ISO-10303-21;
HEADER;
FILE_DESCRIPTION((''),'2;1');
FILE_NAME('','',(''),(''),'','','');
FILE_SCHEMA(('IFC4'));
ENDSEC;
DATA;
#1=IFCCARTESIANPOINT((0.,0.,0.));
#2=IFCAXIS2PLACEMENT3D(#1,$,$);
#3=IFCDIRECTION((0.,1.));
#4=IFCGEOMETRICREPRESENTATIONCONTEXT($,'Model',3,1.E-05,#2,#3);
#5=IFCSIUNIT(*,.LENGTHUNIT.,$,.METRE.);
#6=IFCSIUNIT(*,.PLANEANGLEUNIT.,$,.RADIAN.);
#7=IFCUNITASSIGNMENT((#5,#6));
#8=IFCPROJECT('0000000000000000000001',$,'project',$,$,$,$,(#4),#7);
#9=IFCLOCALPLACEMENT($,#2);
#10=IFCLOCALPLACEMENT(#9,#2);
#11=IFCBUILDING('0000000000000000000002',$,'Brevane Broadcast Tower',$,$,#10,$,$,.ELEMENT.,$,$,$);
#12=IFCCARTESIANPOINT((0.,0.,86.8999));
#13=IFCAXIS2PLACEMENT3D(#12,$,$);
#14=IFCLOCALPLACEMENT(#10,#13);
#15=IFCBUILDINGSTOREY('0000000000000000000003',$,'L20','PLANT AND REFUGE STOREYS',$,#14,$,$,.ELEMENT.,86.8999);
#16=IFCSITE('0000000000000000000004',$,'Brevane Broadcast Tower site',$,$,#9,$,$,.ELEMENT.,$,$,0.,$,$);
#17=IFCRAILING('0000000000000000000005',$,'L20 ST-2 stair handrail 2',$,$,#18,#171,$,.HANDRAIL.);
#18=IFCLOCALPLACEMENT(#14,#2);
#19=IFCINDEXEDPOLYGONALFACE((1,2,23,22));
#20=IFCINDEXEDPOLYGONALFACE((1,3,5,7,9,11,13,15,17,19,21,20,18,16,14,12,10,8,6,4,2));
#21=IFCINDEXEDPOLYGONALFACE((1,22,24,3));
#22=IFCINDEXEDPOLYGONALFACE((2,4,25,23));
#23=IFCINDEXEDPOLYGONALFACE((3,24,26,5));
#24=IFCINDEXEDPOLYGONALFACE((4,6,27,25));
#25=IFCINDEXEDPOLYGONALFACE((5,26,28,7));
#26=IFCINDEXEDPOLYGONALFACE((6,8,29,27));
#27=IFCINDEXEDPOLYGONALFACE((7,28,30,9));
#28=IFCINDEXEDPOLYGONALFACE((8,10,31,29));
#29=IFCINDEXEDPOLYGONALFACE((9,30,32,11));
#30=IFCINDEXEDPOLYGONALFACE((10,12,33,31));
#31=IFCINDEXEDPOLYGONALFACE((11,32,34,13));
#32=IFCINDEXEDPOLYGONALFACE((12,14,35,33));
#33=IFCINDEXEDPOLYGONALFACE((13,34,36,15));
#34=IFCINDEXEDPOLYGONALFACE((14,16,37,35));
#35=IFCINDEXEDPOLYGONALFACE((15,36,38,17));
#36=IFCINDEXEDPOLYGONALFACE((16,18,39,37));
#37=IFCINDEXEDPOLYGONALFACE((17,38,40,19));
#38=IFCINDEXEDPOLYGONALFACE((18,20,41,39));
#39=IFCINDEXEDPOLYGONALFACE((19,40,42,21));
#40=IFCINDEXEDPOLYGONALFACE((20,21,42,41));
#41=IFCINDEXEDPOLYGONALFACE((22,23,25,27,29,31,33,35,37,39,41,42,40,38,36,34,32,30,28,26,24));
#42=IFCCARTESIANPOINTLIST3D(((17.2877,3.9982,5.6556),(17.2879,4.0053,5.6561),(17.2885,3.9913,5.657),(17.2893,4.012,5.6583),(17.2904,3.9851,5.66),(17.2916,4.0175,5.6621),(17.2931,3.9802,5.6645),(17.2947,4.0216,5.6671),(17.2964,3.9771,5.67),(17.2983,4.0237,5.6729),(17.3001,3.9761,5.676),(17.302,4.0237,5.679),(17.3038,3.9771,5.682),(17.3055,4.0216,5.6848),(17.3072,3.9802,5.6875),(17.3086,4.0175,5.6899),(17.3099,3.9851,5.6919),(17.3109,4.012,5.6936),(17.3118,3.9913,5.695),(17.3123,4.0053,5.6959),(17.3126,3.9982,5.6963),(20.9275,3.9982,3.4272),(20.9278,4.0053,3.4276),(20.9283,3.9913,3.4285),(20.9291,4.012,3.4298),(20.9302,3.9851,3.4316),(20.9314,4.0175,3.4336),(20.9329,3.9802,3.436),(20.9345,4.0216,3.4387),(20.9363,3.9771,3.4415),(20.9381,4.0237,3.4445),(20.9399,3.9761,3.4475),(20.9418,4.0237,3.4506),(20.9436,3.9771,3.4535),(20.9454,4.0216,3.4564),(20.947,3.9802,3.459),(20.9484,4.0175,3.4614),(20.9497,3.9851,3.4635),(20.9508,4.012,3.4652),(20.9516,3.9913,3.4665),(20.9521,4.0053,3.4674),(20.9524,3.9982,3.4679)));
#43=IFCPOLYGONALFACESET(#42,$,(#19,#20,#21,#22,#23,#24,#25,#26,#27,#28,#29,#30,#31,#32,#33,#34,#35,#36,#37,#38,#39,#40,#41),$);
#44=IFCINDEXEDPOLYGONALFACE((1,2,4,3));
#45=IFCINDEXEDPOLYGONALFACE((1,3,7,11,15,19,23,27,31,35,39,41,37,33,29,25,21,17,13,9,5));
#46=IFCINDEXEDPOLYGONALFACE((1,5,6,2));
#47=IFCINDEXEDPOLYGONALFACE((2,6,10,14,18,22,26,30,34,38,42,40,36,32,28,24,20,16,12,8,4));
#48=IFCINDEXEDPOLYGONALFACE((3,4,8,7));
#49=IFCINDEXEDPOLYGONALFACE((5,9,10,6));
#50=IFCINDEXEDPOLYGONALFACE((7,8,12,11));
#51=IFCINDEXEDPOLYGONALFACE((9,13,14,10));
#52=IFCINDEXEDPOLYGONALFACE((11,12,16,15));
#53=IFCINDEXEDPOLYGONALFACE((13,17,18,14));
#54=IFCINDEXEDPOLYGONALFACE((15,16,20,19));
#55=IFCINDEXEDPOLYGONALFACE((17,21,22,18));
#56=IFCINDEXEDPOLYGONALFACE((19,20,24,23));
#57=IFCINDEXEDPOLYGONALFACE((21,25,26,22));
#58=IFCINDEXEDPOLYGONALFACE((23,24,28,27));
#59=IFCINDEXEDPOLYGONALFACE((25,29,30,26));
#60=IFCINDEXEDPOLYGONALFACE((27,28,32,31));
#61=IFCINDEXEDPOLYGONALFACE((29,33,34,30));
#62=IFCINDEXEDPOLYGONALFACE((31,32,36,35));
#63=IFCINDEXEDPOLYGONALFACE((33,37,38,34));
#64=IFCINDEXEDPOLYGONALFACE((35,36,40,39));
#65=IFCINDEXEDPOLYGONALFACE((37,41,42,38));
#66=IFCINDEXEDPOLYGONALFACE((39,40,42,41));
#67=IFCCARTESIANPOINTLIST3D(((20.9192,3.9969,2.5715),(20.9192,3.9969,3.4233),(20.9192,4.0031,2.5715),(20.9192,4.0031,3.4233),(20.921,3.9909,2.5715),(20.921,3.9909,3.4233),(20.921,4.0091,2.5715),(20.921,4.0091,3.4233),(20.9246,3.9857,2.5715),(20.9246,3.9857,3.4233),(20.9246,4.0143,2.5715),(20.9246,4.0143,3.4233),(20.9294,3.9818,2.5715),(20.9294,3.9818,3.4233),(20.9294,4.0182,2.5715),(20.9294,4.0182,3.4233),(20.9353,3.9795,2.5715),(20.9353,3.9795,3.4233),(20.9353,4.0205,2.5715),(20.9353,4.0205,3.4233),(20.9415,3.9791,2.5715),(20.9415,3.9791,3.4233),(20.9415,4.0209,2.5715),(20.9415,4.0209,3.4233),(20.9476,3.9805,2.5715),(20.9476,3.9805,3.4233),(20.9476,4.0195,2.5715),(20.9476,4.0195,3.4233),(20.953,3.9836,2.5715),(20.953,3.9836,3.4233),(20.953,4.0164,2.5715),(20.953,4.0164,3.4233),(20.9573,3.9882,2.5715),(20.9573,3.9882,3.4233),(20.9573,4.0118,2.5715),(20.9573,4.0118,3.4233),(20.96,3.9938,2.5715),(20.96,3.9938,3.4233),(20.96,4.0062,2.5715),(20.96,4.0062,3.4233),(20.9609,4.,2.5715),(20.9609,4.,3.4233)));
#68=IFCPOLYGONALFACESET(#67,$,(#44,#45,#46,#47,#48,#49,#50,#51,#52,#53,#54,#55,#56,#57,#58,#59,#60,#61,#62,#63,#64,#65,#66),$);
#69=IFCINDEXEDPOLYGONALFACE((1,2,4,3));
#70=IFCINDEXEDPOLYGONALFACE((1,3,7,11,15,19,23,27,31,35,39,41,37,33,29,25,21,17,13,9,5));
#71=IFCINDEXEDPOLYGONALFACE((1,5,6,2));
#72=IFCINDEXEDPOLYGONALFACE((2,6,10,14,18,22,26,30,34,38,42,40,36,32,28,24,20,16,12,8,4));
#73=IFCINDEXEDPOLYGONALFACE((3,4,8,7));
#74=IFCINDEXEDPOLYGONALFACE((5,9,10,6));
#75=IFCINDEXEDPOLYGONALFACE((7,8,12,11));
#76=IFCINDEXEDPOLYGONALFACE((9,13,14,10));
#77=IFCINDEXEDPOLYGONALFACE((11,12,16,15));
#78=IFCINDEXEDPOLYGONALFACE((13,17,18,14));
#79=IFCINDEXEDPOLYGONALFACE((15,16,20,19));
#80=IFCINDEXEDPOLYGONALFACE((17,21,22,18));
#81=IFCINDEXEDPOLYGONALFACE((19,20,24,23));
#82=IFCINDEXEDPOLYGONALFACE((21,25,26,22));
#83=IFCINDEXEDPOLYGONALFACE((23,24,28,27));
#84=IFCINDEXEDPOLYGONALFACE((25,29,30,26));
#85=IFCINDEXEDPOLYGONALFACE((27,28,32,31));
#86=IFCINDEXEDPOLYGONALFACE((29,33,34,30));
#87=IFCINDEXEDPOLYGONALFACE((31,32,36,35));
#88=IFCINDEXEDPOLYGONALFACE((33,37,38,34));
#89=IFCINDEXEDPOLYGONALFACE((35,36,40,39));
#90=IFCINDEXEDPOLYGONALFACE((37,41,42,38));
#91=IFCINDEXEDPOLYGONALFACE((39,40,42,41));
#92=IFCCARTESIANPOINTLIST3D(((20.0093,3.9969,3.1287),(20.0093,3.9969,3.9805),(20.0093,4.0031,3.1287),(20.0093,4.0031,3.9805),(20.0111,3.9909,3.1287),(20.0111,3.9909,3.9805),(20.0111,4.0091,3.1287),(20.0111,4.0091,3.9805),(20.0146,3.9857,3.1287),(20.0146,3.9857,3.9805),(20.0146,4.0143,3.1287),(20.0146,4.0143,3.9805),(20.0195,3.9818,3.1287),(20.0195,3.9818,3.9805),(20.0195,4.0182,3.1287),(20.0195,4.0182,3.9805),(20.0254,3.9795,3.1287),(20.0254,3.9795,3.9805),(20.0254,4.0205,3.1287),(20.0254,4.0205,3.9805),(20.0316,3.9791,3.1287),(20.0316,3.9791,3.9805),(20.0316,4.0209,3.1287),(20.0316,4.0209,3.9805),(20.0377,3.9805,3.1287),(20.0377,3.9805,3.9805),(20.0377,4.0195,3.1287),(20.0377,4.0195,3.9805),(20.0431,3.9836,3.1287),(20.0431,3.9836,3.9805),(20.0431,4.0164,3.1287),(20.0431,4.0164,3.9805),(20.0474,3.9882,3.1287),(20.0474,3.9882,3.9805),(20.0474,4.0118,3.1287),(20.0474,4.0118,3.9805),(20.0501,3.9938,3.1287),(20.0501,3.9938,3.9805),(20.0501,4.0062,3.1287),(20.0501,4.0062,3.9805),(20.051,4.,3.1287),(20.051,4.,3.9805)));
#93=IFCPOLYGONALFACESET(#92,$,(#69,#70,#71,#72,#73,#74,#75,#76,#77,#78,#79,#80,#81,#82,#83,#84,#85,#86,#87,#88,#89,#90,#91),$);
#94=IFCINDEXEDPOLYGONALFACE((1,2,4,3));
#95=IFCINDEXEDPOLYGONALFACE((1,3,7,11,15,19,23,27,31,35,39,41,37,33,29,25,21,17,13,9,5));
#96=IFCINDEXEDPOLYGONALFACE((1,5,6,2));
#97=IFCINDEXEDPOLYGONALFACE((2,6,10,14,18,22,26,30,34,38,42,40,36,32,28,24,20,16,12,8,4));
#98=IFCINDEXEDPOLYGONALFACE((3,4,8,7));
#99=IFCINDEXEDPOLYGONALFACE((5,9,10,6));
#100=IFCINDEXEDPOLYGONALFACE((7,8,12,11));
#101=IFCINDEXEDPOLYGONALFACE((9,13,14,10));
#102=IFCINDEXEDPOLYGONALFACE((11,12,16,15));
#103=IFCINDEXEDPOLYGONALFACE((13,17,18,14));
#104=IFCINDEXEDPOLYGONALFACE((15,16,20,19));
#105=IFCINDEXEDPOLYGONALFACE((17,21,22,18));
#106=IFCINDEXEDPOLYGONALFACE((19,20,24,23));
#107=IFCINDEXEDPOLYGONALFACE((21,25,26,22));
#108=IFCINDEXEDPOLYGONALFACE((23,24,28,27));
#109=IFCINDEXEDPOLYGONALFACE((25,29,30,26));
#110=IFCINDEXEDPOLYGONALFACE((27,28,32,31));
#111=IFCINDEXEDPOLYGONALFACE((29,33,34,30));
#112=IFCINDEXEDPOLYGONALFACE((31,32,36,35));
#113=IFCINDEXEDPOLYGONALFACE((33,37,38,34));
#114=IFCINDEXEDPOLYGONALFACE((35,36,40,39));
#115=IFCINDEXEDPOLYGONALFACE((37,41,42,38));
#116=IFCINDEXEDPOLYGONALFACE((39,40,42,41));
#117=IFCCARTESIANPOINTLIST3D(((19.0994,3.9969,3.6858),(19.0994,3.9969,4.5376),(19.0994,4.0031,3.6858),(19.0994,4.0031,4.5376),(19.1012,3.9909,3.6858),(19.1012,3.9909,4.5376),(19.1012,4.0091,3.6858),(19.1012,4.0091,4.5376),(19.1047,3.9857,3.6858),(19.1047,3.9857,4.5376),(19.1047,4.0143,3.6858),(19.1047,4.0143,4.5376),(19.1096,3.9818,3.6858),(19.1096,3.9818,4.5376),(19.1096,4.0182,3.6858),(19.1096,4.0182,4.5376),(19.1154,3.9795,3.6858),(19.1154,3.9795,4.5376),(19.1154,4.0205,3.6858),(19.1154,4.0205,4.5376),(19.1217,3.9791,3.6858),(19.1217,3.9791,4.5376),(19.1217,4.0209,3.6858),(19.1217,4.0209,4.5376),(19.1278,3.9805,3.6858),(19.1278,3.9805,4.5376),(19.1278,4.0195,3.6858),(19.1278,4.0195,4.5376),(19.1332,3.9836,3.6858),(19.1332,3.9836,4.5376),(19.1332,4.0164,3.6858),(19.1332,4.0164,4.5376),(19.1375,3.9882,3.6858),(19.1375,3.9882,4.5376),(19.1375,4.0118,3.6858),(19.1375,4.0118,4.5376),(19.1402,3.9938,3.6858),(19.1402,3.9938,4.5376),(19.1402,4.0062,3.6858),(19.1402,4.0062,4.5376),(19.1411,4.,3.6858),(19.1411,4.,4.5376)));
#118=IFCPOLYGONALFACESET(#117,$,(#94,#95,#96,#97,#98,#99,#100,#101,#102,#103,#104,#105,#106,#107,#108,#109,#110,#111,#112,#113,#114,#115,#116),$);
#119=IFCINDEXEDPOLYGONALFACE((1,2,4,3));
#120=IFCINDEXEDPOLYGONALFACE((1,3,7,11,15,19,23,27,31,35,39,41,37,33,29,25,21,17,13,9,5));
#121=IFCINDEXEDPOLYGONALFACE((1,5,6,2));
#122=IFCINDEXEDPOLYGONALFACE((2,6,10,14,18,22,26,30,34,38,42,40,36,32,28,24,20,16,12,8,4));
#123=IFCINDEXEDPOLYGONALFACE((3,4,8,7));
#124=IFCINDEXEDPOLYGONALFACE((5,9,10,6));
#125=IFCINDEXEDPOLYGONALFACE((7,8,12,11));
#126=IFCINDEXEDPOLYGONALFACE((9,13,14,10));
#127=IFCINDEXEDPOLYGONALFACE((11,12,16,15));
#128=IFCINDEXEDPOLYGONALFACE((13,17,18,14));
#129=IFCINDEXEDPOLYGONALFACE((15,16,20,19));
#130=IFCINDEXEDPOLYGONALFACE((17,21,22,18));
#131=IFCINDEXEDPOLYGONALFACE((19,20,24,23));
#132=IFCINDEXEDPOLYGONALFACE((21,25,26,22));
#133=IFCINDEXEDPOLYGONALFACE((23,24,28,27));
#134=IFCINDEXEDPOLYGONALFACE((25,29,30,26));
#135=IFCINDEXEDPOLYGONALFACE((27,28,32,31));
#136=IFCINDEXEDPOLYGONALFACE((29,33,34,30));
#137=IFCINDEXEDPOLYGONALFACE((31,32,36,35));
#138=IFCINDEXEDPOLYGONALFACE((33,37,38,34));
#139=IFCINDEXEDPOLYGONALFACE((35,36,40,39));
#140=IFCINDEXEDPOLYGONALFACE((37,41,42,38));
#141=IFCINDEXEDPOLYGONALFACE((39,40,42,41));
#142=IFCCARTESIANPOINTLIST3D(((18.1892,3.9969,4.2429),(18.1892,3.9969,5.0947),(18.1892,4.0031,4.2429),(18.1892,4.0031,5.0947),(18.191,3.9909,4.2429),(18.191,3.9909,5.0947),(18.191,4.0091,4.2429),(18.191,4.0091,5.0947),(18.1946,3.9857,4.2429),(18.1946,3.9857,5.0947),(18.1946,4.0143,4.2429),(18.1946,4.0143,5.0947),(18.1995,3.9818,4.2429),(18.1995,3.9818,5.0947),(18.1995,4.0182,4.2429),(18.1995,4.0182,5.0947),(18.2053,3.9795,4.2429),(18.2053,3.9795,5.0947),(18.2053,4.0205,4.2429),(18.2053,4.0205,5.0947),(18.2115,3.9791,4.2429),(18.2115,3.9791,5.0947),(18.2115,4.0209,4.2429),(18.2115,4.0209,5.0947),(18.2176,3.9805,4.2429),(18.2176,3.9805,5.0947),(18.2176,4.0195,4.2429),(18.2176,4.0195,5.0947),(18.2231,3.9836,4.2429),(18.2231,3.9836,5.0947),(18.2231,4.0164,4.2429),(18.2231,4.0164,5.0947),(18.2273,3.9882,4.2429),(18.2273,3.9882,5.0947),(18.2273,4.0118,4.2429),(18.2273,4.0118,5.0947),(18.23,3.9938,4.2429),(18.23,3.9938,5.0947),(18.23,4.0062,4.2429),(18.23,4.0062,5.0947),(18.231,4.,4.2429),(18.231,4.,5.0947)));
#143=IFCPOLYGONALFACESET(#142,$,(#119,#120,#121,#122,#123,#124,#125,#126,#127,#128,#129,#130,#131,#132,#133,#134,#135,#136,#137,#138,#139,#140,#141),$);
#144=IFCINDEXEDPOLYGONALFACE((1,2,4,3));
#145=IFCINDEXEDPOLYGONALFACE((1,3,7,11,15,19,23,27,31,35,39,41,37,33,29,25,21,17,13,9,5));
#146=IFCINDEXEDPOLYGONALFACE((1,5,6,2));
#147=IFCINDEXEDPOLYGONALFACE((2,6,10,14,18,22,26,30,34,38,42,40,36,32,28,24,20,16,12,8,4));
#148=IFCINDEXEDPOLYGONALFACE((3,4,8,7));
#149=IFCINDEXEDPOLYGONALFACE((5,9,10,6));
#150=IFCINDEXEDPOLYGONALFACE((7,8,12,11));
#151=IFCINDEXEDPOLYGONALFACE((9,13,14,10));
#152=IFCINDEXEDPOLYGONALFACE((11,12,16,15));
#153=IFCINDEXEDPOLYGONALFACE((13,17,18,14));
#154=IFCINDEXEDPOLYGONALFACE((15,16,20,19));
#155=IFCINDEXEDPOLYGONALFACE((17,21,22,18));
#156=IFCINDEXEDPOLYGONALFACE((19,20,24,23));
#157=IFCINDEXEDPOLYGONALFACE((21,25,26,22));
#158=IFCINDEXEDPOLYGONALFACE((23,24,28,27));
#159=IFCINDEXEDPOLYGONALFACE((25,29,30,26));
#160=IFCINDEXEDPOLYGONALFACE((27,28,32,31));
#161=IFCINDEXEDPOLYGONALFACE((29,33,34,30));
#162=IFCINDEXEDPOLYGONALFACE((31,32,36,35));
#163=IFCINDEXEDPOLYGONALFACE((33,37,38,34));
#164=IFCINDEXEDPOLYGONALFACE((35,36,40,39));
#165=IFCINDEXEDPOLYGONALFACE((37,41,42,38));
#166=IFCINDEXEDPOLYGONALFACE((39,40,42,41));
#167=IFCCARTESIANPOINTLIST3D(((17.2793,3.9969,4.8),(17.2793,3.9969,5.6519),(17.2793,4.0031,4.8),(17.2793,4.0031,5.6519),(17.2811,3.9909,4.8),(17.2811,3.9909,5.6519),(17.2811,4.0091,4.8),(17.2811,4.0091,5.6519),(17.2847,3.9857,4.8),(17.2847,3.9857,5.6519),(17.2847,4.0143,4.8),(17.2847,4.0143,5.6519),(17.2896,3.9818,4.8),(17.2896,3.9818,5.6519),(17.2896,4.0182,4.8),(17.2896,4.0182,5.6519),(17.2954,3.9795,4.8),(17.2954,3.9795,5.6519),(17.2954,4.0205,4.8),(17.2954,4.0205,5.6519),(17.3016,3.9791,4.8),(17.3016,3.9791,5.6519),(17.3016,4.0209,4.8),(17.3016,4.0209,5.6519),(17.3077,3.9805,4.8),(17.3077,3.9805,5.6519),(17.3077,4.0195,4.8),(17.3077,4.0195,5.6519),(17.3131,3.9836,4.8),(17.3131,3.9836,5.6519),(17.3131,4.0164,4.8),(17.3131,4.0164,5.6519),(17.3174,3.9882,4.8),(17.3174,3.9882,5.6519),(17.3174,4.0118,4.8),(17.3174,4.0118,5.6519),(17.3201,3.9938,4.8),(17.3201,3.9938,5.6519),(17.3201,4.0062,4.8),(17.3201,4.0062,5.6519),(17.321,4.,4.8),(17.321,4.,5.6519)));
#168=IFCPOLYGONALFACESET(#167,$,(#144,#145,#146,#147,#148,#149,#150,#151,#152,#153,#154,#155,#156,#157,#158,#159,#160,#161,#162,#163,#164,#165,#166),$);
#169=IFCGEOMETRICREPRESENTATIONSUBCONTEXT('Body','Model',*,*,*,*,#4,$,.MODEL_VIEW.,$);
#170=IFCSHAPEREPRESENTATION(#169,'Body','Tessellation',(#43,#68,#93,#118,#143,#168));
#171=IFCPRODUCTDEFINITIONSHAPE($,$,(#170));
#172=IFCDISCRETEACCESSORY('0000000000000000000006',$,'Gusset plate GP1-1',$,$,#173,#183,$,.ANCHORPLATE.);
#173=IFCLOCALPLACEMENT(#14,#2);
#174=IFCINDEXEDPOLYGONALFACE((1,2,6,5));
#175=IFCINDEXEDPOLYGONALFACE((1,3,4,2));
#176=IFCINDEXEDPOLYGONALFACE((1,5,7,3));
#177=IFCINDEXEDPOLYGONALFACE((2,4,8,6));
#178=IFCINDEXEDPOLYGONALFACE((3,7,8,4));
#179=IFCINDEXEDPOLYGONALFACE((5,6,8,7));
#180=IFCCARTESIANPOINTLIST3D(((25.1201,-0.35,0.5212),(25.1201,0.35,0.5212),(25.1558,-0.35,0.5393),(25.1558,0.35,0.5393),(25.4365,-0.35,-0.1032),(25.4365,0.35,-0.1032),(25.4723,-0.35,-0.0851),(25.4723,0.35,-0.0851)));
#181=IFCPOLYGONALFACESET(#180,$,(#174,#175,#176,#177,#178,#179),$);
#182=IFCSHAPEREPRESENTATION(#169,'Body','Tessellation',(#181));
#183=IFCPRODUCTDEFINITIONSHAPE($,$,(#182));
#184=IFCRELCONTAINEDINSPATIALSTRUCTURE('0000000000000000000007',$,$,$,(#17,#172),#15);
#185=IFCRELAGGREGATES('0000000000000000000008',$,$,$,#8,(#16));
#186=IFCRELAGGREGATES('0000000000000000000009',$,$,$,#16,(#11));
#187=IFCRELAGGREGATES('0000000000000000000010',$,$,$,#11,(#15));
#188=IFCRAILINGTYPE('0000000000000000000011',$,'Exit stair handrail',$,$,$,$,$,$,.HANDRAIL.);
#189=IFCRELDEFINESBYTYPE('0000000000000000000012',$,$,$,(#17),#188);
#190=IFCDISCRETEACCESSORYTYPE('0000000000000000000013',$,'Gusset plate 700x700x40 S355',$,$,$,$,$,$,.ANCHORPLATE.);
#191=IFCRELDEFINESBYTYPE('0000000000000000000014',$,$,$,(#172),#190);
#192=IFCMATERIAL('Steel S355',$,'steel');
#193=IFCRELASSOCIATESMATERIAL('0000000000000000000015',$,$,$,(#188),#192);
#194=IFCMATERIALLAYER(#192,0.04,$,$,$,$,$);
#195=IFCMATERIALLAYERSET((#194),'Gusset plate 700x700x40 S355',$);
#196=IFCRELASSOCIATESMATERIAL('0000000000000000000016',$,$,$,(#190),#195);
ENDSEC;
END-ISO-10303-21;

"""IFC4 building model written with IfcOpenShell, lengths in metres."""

from ifc_helpers import new_model, si_unit, direction, frame, origin, origin_2d, place, context, subcontext, project, spatial, rectangle, circle, extrude, material, layer, layer_set, type_object, element, save


model = new_model("IFC4")

# Units and contexts
model_context = context("Model", 3, precision=1e-05, world=origin(), true_north=direction((0.0, 1.0)))
body_context = subcontext(model_context, "Body", "Model", "MODEL_VIEW")
ifc_project = project(units=[si_unit("LENGTHUNIT", "METRE"), si_unit("PLANEANGLEUNIT", "RADIAN")], contexts=[model_context])

# Site, building, storey
site_placement = place(None, origin())
site = spatial("IfcSite", under=ifc_project, at=site_placement, Name="Brevane Broadcast Tower site", CompositionType="ELEMENT", RefElevation=0.0)
building_placement = place(site_placement, origin())
building = spatial("IfcBuilding", under=site, at=building_placement, Name="Brevane Broadcast Tower", CompositionType="ELEMENT")
storey_placement = place(building_placement, frame((0.0, 0.0, 86.8999)))
storey = spatial("IfcBuildingStorey", under=building, at=storey_placement, Name="L20", Description="PLANT AND REFUGE STOREYS", CompositionType="ELEMENT", Elevation=86.8999)

# Shared definitions
ifc_material_1 = material(Name="Steel S355", Category="steel")

# Railing
railing_type_1 = type_object("IfcRailingType", Name="Exit stair handrail", PredefinedType="HANDRAIL", material=ifc_material_1)
railing_1_placement = place(storey_placement, frame((20.9399, 4.0, 2.5715)))
element("IfcRailing", 1, at=railing_1_placement, inside=storey, type_object=railing_type_1, Name="L20 ST-2 stair handrail 2", PredefinedType="HANDRAIL", context=body_context, shape_type="SweptSolid", body=[
    extrude(circle(Radius=0.0239, at=origin_2d()), frame((0.0, 0.0, 0.876), z_axis=(-0.85285, 0.0, 0.522156), x_axis=(0.0, -1.0, 0.0)), (0.0, 0.0, 1.0), 4.2678),
    extrude(circle(Radius=0.021, at=origin_2d()), origin(), (0.0, 0.0, 1.0), 0.8518),
    extrude(circle(Radius=0.021, at=origin_2d()), frame((-0.9099, 0.0, 0.5571)), (0.0, 0.0, 1.0), 0.8518),
    extrude(circle(Radius=0.021, at=origin_2d()), frame((-1.8198, 0.0, 1.1143)), (0.0, 0.0, 1.0), 0.8518),
    extrude(circle(Radius=0.021, at=origin_2d()), frame((-2.73, 0.0, 1.6714)), (0.0, 0.0, 1.0), 0.8518),
    extrude(circle(Radius=0.021, at=origin_2d()), frame((-3.6399, 0.0, 2.2285)), (0.0, 0.0, 1.0), 0.8518),
])

# Discrete accessory
ifc_layer_1 = layer(ifc_material_1, 0.04)
ifc_layer_set_1 = layer_set([ifc_layer_1], Name="Gusset plate 700x700x40 S355")
discrete_accessory_type = type_object("IfcDiscreteAccessoryType", Name="Gusset plate 700x700x40 S355", PredefinedType="ANCHORPLATE", material=ifc_layer_set_1)
discrete_accessory_placement = place(storey_placement, frame((25.2783, 0.0, 0.209), z_axis=(0.89197, 0.0, 0.452094), x_axis=(0.0, 1.0, 0.0)))
element("IfcDiscreteAccessory", 2, at=discrete_accessory_placement, inside=storey, type_object=discrete_accessory_type, Name="Gusset plate GP1-1", PredefinedType="ANCHORPLATE", context=body_context, shape_type="SweptSolid", body=[
    extrude(rectangle(XDim=0.7, YDim=0.7, at=origin_2d()), origin(), (0.0, 0.0, 1.0), 0.04),
])

save(model, "model.ifc")
